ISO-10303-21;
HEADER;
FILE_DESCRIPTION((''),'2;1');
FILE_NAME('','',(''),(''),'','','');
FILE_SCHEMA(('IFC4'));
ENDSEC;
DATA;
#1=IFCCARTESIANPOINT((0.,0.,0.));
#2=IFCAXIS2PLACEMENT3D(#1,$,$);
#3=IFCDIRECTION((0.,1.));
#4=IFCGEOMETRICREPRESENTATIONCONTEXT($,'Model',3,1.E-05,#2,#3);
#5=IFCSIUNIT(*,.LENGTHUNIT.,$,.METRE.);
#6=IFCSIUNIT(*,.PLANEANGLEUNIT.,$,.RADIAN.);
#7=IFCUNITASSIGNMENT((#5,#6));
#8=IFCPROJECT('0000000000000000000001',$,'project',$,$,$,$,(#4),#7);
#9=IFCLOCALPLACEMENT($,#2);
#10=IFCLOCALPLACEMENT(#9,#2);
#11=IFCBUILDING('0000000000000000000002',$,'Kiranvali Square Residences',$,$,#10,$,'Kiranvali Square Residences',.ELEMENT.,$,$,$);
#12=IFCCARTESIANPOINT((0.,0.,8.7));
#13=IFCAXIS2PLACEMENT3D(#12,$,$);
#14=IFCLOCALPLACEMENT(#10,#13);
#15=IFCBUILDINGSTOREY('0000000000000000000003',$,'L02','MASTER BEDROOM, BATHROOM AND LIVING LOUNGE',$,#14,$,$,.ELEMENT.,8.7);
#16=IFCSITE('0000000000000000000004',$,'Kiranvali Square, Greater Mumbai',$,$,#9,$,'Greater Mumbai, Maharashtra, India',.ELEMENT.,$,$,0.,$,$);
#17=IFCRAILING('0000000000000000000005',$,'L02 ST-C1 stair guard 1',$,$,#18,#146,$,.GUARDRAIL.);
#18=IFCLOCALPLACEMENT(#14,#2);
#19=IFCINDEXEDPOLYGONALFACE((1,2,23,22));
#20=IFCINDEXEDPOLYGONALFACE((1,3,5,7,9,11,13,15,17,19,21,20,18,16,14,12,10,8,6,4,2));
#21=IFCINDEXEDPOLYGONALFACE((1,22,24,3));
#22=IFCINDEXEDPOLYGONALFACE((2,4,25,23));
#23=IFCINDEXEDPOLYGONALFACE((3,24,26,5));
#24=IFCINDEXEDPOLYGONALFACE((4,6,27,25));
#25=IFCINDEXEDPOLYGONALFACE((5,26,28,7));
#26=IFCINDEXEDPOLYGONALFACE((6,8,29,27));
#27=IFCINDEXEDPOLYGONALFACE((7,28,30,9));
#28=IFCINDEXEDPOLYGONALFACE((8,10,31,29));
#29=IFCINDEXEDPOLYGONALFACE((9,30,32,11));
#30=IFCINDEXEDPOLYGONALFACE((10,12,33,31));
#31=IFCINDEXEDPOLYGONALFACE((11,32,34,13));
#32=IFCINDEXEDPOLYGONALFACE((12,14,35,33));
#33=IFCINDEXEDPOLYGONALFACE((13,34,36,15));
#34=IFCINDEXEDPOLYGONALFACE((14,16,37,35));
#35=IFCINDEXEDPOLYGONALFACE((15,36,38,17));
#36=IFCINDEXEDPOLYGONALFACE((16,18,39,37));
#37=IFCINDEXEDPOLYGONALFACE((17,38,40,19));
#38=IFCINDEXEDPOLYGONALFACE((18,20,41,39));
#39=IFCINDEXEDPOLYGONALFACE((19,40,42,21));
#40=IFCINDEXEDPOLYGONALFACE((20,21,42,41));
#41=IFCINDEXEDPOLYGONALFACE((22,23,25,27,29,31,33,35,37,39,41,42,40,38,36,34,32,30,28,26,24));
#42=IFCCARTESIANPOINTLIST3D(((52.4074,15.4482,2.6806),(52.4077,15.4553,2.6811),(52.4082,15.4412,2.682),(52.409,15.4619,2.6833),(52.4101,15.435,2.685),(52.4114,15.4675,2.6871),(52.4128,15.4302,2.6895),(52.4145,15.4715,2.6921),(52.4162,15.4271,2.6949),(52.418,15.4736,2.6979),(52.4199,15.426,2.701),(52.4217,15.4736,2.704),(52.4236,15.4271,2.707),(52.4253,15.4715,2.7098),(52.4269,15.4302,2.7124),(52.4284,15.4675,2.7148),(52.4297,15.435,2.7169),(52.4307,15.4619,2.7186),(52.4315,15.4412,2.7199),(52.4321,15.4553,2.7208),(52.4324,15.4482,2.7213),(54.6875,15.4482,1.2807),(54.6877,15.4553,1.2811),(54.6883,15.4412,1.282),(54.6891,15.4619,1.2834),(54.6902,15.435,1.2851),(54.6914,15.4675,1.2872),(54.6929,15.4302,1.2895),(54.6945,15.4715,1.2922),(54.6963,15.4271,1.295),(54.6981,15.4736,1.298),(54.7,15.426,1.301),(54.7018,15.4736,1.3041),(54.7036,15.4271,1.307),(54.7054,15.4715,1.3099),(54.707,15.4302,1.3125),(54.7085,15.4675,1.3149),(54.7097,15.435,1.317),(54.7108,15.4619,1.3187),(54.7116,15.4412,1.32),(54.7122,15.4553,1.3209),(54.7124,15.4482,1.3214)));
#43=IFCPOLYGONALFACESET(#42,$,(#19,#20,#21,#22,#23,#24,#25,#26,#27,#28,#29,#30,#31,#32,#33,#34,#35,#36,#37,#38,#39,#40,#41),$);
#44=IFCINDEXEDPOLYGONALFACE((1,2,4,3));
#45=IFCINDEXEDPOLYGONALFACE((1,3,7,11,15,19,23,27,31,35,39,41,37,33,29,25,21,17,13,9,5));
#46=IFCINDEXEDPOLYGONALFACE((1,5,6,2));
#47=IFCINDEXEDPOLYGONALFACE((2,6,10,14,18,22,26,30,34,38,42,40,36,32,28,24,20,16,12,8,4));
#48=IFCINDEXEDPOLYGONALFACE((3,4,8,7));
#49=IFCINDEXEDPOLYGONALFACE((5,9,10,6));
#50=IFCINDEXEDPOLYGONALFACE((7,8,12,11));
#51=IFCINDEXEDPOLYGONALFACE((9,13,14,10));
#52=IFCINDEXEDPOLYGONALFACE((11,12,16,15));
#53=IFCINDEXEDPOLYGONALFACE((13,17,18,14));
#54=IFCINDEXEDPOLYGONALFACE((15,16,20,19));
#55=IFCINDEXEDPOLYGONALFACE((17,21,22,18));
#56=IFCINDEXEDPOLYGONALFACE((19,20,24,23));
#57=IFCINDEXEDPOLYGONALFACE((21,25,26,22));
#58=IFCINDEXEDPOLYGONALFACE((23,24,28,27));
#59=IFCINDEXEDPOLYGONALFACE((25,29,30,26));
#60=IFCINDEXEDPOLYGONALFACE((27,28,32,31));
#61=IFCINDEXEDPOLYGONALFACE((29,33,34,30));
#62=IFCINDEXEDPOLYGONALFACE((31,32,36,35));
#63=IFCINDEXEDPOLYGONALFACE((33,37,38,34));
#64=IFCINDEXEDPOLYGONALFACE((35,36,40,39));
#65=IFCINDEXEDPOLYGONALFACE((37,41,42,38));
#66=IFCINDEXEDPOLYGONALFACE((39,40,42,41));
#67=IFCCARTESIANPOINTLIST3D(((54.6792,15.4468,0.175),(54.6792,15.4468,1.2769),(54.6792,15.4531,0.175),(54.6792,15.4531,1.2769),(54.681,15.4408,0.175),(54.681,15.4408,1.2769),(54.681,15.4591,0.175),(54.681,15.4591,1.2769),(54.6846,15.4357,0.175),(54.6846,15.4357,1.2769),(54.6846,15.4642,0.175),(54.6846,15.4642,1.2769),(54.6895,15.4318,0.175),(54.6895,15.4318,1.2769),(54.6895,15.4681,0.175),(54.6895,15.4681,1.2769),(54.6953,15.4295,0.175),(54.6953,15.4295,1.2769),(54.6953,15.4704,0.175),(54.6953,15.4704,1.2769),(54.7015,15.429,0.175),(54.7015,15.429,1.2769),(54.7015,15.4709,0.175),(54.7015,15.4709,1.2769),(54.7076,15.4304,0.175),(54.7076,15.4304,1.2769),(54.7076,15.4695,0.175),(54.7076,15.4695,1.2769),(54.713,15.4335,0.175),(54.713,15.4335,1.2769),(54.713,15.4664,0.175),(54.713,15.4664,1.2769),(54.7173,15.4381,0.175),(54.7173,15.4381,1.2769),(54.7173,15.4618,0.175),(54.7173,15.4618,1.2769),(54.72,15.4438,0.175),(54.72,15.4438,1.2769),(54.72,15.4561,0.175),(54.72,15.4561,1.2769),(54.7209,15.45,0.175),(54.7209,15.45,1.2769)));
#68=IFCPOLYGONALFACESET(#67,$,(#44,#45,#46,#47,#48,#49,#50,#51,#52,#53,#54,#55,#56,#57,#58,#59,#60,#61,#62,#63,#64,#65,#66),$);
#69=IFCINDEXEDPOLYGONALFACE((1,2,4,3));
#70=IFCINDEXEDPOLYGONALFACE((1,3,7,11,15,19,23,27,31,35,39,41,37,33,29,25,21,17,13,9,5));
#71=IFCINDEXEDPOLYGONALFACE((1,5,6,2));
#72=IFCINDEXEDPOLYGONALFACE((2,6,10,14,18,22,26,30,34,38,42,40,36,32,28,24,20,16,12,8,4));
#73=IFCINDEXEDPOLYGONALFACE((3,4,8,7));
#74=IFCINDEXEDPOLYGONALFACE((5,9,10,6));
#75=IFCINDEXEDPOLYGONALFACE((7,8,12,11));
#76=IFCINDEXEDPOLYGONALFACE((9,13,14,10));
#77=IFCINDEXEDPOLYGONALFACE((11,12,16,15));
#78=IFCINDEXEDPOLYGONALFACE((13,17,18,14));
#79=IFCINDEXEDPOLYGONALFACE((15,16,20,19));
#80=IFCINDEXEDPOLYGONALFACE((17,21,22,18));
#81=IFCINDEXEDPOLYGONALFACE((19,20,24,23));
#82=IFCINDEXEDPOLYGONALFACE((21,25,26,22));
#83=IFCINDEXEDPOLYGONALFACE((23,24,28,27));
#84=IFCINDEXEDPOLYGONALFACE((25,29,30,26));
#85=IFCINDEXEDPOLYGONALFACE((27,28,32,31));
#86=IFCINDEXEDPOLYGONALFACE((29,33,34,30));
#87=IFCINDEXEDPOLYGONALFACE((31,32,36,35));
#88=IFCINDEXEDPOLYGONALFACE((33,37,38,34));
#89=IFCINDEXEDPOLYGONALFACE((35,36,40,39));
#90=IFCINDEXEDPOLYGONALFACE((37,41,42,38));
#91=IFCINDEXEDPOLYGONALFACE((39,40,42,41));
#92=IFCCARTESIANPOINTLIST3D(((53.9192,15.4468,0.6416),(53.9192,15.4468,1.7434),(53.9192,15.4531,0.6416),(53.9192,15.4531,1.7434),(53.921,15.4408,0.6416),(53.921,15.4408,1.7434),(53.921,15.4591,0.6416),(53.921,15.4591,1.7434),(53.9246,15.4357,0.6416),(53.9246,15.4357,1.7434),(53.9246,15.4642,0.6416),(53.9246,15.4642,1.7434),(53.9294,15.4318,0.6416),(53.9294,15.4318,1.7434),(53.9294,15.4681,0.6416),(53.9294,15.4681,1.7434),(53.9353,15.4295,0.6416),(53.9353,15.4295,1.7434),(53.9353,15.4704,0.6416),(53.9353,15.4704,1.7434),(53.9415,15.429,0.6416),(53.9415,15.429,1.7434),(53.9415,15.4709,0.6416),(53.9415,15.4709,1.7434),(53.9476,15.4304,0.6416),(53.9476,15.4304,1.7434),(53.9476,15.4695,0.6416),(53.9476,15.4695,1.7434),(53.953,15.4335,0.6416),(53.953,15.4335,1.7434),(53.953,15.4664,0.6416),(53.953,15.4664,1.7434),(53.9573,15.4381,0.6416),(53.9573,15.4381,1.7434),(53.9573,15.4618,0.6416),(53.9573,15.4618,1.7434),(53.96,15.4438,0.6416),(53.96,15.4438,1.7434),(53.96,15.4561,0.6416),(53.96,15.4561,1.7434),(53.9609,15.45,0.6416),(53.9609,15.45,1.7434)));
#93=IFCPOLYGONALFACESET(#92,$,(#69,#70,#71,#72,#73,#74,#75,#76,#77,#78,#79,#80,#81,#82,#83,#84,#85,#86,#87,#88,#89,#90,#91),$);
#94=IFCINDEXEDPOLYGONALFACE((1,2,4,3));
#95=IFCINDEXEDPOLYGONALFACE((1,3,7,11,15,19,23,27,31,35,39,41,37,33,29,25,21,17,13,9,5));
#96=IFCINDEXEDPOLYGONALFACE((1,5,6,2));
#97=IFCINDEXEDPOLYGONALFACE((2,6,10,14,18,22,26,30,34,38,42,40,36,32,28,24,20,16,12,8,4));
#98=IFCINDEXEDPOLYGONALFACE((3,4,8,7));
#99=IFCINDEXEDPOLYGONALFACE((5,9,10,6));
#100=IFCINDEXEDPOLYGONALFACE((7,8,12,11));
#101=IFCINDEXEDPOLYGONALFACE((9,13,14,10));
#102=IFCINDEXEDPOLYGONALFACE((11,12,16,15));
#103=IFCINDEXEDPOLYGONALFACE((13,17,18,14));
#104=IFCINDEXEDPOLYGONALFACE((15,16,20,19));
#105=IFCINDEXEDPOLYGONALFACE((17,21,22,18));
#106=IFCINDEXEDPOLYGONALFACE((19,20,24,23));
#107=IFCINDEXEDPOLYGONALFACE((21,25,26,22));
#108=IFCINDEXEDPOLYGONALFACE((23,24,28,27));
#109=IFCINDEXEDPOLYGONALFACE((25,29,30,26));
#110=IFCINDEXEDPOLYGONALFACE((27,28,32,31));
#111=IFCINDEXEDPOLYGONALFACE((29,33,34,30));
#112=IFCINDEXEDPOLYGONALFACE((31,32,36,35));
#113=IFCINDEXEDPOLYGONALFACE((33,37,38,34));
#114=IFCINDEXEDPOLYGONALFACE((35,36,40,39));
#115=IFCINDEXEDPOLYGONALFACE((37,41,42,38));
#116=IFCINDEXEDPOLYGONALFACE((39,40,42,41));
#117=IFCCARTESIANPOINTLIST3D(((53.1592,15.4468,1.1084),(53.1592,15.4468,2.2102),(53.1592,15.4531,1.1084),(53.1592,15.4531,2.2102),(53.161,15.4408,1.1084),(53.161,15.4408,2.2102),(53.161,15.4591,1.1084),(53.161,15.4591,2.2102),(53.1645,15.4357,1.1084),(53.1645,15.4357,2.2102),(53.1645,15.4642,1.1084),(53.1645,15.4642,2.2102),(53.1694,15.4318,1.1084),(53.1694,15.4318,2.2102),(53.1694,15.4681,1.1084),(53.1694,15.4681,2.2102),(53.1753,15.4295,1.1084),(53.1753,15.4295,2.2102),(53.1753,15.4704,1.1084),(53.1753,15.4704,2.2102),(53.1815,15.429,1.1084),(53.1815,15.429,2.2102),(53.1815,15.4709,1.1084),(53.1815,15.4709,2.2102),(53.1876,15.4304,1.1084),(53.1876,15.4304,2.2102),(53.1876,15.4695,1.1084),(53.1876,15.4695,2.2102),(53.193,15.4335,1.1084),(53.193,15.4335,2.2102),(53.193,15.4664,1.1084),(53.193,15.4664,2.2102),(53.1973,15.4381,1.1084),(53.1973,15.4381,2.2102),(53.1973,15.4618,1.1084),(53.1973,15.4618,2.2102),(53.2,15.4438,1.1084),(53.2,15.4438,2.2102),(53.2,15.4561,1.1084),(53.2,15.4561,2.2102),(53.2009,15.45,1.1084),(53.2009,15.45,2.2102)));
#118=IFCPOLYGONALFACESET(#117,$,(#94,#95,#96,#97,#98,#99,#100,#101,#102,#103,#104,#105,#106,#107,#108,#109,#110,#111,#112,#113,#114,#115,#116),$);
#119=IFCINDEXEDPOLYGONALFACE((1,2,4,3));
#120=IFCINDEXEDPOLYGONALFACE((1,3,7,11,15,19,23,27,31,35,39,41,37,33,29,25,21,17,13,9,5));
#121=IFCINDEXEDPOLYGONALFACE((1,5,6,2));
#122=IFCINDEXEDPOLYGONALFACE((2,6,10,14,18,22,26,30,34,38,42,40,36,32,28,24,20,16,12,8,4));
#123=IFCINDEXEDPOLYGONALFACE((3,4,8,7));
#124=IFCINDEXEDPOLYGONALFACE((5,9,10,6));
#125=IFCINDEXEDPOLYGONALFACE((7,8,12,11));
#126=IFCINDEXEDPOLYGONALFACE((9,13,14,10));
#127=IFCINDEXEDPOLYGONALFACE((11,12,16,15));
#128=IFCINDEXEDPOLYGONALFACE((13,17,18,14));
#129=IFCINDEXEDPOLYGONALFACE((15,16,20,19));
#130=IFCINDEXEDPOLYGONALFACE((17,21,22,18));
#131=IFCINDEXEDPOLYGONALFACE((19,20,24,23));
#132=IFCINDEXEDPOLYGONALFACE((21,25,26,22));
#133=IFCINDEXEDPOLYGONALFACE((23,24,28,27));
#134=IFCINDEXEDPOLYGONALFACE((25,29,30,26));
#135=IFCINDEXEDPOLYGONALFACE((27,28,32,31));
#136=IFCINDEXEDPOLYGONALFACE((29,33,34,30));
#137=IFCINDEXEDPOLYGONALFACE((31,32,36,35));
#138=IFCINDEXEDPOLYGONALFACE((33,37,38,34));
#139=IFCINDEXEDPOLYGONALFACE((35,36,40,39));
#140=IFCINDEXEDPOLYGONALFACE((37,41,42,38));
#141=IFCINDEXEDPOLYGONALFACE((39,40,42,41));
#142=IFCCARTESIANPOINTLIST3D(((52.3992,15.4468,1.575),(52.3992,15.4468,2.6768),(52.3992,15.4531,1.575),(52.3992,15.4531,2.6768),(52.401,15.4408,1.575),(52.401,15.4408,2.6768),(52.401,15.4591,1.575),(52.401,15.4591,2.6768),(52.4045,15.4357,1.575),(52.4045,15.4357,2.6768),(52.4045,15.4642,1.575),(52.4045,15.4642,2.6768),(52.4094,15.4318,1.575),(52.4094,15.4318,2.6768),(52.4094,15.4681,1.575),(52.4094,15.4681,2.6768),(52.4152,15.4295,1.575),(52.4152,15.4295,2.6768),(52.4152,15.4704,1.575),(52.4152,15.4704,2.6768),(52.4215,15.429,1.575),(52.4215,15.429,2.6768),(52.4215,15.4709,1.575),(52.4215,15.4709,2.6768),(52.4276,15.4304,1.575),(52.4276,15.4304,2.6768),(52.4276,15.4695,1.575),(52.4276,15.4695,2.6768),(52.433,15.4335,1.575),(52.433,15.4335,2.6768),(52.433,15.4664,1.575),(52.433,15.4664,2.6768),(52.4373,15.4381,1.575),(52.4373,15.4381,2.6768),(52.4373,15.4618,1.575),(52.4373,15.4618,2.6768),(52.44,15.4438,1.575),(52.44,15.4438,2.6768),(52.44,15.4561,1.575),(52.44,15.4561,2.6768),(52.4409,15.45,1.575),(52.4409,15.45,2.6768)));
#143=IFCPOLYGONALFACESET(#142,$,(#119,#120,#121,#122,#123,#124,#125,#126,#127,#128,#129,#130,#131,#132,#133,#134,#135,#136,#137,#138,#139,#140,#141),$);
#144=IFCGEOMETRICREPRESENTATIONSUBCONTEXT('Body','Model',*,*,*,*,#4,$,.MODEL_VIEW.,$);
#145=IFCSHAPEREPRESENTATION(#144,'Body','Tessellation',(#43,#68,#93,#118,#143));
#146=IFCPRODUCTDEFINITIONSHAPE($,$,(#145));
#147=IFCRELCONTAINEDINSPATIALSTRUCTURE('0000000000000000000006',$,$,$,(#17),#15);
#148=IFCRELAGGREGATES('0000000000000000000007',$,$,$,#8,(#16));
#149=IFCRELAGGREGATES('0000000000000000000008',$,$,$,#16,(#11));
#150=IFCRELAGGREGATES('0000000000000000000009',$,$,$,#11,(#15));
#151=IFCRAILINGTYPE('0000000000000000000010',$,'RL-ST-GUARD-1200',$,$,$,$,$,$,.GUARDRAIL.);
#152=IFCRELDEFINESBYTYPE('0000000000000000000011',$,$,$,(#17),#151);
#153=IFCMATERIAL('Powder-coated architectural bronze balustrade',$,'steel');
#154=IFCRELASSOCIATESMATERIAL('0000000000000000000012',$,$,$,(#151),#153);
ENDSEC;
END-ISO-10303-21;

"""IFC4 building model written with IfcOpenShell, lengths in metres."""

from ifc_helpers import new_model, si_unit, direction, frame, origin, origin_2d, place, context, subcontext, project, spatial, circle, extrude, material, type_object, element, save


model = new_model("IFC4")

# Units and contexts
model_context = context("Model", 3, precision=1e-05, world=origin(), true_north=direction((0.0, 1.0)))
body_context = subcontext(model_context, "Body", "Model", "MODEL_VIEW")
ifc_project = project(units=[si_unit("LENGTHUNIT", "METRE"), si_unit("PLANEANGLEUNIT", "RADIAN")], contexts=[model_context])

# Site, building, storey
site_placement = place(None, origin())
site = spatial("IfcSite", under=ifc_project, at=site_placement, Name="Kiranvali Square, Greater Mumbai", LongName="Greater Mumbai, Maharashtra, India", CompositionType="ELEMENT", RefElevation=0.0)
building_placement = place(site_placement, origin())
building = spatial("IfcBuilding", under=site, at=building_placement, Name="Kiranvali Square Residences", LongName="Kiranvali Square Residences", CompositionType="ELEMENT")
storey_placement = place(building_placement, frame((0.0, 0.0, 8.7)))
storey = spatial("IfcBuildingStorey", under=building, at=storey_placement, Name="L02", Description="MASTER BEDROOM, BATHROOM AND LIVING LOUNGE", CompositionType="ELEMENT", Elevation=8.7)

# Railing
ifc_material_1 = material(Name="Powder-coated architectural bronze balustrade", Category="steel")
railing_type_1 = type_object("IfcRailingType", Name="RL-ST-GUARD-1200", PredefinedType="GUARDRAIL", material=ifc_material_1)
railing_1_placement = place(storey_placement, frame((54.7, 15.45, 0.175)))
element("IfcRailing", 1, at=railing_1_placement, inside=storey, type_object=railing_type_1, Name="L02 ST-C1 stair guard 1", PredefinedType="GUARDRAIL", context=body_context, shape_type="SweptSolid", body=[
    extrude(circle(Radius=0.0239, at=origin_2d()), frame((0.0, 0.0, 1.126), z_axis=(-0.85219, 0.0, 0.523232), x_axis=(0.0, -1.0, 0.0)), (0.0, 0.0, 1.0), 2.6755),
    extrude(circle(Radius=0.021, at=origin_2d()), origin(), (0.0, 0.0, 1.0), 1.1018),
    extrude(circle(Radius=0.021, at=origin_2d()), frame((-0.76, 0.0, 0.4666)), (0.0, 0.0, 1.0), 1.1018),
    extrude(circle(Radius=0.021, at=origin_2d()), frame((-1.52, 0.0, 0.9333)), (0.0, 0.0, 1.0), 1.1018),
    extrude(circle(Radius=0.021, at=origin_2d()), frame((-2.28, 0.0, 1.3999)), (0.0, 0.0, 1.0), 1.1018),
])

save(model, "model.ifc")
